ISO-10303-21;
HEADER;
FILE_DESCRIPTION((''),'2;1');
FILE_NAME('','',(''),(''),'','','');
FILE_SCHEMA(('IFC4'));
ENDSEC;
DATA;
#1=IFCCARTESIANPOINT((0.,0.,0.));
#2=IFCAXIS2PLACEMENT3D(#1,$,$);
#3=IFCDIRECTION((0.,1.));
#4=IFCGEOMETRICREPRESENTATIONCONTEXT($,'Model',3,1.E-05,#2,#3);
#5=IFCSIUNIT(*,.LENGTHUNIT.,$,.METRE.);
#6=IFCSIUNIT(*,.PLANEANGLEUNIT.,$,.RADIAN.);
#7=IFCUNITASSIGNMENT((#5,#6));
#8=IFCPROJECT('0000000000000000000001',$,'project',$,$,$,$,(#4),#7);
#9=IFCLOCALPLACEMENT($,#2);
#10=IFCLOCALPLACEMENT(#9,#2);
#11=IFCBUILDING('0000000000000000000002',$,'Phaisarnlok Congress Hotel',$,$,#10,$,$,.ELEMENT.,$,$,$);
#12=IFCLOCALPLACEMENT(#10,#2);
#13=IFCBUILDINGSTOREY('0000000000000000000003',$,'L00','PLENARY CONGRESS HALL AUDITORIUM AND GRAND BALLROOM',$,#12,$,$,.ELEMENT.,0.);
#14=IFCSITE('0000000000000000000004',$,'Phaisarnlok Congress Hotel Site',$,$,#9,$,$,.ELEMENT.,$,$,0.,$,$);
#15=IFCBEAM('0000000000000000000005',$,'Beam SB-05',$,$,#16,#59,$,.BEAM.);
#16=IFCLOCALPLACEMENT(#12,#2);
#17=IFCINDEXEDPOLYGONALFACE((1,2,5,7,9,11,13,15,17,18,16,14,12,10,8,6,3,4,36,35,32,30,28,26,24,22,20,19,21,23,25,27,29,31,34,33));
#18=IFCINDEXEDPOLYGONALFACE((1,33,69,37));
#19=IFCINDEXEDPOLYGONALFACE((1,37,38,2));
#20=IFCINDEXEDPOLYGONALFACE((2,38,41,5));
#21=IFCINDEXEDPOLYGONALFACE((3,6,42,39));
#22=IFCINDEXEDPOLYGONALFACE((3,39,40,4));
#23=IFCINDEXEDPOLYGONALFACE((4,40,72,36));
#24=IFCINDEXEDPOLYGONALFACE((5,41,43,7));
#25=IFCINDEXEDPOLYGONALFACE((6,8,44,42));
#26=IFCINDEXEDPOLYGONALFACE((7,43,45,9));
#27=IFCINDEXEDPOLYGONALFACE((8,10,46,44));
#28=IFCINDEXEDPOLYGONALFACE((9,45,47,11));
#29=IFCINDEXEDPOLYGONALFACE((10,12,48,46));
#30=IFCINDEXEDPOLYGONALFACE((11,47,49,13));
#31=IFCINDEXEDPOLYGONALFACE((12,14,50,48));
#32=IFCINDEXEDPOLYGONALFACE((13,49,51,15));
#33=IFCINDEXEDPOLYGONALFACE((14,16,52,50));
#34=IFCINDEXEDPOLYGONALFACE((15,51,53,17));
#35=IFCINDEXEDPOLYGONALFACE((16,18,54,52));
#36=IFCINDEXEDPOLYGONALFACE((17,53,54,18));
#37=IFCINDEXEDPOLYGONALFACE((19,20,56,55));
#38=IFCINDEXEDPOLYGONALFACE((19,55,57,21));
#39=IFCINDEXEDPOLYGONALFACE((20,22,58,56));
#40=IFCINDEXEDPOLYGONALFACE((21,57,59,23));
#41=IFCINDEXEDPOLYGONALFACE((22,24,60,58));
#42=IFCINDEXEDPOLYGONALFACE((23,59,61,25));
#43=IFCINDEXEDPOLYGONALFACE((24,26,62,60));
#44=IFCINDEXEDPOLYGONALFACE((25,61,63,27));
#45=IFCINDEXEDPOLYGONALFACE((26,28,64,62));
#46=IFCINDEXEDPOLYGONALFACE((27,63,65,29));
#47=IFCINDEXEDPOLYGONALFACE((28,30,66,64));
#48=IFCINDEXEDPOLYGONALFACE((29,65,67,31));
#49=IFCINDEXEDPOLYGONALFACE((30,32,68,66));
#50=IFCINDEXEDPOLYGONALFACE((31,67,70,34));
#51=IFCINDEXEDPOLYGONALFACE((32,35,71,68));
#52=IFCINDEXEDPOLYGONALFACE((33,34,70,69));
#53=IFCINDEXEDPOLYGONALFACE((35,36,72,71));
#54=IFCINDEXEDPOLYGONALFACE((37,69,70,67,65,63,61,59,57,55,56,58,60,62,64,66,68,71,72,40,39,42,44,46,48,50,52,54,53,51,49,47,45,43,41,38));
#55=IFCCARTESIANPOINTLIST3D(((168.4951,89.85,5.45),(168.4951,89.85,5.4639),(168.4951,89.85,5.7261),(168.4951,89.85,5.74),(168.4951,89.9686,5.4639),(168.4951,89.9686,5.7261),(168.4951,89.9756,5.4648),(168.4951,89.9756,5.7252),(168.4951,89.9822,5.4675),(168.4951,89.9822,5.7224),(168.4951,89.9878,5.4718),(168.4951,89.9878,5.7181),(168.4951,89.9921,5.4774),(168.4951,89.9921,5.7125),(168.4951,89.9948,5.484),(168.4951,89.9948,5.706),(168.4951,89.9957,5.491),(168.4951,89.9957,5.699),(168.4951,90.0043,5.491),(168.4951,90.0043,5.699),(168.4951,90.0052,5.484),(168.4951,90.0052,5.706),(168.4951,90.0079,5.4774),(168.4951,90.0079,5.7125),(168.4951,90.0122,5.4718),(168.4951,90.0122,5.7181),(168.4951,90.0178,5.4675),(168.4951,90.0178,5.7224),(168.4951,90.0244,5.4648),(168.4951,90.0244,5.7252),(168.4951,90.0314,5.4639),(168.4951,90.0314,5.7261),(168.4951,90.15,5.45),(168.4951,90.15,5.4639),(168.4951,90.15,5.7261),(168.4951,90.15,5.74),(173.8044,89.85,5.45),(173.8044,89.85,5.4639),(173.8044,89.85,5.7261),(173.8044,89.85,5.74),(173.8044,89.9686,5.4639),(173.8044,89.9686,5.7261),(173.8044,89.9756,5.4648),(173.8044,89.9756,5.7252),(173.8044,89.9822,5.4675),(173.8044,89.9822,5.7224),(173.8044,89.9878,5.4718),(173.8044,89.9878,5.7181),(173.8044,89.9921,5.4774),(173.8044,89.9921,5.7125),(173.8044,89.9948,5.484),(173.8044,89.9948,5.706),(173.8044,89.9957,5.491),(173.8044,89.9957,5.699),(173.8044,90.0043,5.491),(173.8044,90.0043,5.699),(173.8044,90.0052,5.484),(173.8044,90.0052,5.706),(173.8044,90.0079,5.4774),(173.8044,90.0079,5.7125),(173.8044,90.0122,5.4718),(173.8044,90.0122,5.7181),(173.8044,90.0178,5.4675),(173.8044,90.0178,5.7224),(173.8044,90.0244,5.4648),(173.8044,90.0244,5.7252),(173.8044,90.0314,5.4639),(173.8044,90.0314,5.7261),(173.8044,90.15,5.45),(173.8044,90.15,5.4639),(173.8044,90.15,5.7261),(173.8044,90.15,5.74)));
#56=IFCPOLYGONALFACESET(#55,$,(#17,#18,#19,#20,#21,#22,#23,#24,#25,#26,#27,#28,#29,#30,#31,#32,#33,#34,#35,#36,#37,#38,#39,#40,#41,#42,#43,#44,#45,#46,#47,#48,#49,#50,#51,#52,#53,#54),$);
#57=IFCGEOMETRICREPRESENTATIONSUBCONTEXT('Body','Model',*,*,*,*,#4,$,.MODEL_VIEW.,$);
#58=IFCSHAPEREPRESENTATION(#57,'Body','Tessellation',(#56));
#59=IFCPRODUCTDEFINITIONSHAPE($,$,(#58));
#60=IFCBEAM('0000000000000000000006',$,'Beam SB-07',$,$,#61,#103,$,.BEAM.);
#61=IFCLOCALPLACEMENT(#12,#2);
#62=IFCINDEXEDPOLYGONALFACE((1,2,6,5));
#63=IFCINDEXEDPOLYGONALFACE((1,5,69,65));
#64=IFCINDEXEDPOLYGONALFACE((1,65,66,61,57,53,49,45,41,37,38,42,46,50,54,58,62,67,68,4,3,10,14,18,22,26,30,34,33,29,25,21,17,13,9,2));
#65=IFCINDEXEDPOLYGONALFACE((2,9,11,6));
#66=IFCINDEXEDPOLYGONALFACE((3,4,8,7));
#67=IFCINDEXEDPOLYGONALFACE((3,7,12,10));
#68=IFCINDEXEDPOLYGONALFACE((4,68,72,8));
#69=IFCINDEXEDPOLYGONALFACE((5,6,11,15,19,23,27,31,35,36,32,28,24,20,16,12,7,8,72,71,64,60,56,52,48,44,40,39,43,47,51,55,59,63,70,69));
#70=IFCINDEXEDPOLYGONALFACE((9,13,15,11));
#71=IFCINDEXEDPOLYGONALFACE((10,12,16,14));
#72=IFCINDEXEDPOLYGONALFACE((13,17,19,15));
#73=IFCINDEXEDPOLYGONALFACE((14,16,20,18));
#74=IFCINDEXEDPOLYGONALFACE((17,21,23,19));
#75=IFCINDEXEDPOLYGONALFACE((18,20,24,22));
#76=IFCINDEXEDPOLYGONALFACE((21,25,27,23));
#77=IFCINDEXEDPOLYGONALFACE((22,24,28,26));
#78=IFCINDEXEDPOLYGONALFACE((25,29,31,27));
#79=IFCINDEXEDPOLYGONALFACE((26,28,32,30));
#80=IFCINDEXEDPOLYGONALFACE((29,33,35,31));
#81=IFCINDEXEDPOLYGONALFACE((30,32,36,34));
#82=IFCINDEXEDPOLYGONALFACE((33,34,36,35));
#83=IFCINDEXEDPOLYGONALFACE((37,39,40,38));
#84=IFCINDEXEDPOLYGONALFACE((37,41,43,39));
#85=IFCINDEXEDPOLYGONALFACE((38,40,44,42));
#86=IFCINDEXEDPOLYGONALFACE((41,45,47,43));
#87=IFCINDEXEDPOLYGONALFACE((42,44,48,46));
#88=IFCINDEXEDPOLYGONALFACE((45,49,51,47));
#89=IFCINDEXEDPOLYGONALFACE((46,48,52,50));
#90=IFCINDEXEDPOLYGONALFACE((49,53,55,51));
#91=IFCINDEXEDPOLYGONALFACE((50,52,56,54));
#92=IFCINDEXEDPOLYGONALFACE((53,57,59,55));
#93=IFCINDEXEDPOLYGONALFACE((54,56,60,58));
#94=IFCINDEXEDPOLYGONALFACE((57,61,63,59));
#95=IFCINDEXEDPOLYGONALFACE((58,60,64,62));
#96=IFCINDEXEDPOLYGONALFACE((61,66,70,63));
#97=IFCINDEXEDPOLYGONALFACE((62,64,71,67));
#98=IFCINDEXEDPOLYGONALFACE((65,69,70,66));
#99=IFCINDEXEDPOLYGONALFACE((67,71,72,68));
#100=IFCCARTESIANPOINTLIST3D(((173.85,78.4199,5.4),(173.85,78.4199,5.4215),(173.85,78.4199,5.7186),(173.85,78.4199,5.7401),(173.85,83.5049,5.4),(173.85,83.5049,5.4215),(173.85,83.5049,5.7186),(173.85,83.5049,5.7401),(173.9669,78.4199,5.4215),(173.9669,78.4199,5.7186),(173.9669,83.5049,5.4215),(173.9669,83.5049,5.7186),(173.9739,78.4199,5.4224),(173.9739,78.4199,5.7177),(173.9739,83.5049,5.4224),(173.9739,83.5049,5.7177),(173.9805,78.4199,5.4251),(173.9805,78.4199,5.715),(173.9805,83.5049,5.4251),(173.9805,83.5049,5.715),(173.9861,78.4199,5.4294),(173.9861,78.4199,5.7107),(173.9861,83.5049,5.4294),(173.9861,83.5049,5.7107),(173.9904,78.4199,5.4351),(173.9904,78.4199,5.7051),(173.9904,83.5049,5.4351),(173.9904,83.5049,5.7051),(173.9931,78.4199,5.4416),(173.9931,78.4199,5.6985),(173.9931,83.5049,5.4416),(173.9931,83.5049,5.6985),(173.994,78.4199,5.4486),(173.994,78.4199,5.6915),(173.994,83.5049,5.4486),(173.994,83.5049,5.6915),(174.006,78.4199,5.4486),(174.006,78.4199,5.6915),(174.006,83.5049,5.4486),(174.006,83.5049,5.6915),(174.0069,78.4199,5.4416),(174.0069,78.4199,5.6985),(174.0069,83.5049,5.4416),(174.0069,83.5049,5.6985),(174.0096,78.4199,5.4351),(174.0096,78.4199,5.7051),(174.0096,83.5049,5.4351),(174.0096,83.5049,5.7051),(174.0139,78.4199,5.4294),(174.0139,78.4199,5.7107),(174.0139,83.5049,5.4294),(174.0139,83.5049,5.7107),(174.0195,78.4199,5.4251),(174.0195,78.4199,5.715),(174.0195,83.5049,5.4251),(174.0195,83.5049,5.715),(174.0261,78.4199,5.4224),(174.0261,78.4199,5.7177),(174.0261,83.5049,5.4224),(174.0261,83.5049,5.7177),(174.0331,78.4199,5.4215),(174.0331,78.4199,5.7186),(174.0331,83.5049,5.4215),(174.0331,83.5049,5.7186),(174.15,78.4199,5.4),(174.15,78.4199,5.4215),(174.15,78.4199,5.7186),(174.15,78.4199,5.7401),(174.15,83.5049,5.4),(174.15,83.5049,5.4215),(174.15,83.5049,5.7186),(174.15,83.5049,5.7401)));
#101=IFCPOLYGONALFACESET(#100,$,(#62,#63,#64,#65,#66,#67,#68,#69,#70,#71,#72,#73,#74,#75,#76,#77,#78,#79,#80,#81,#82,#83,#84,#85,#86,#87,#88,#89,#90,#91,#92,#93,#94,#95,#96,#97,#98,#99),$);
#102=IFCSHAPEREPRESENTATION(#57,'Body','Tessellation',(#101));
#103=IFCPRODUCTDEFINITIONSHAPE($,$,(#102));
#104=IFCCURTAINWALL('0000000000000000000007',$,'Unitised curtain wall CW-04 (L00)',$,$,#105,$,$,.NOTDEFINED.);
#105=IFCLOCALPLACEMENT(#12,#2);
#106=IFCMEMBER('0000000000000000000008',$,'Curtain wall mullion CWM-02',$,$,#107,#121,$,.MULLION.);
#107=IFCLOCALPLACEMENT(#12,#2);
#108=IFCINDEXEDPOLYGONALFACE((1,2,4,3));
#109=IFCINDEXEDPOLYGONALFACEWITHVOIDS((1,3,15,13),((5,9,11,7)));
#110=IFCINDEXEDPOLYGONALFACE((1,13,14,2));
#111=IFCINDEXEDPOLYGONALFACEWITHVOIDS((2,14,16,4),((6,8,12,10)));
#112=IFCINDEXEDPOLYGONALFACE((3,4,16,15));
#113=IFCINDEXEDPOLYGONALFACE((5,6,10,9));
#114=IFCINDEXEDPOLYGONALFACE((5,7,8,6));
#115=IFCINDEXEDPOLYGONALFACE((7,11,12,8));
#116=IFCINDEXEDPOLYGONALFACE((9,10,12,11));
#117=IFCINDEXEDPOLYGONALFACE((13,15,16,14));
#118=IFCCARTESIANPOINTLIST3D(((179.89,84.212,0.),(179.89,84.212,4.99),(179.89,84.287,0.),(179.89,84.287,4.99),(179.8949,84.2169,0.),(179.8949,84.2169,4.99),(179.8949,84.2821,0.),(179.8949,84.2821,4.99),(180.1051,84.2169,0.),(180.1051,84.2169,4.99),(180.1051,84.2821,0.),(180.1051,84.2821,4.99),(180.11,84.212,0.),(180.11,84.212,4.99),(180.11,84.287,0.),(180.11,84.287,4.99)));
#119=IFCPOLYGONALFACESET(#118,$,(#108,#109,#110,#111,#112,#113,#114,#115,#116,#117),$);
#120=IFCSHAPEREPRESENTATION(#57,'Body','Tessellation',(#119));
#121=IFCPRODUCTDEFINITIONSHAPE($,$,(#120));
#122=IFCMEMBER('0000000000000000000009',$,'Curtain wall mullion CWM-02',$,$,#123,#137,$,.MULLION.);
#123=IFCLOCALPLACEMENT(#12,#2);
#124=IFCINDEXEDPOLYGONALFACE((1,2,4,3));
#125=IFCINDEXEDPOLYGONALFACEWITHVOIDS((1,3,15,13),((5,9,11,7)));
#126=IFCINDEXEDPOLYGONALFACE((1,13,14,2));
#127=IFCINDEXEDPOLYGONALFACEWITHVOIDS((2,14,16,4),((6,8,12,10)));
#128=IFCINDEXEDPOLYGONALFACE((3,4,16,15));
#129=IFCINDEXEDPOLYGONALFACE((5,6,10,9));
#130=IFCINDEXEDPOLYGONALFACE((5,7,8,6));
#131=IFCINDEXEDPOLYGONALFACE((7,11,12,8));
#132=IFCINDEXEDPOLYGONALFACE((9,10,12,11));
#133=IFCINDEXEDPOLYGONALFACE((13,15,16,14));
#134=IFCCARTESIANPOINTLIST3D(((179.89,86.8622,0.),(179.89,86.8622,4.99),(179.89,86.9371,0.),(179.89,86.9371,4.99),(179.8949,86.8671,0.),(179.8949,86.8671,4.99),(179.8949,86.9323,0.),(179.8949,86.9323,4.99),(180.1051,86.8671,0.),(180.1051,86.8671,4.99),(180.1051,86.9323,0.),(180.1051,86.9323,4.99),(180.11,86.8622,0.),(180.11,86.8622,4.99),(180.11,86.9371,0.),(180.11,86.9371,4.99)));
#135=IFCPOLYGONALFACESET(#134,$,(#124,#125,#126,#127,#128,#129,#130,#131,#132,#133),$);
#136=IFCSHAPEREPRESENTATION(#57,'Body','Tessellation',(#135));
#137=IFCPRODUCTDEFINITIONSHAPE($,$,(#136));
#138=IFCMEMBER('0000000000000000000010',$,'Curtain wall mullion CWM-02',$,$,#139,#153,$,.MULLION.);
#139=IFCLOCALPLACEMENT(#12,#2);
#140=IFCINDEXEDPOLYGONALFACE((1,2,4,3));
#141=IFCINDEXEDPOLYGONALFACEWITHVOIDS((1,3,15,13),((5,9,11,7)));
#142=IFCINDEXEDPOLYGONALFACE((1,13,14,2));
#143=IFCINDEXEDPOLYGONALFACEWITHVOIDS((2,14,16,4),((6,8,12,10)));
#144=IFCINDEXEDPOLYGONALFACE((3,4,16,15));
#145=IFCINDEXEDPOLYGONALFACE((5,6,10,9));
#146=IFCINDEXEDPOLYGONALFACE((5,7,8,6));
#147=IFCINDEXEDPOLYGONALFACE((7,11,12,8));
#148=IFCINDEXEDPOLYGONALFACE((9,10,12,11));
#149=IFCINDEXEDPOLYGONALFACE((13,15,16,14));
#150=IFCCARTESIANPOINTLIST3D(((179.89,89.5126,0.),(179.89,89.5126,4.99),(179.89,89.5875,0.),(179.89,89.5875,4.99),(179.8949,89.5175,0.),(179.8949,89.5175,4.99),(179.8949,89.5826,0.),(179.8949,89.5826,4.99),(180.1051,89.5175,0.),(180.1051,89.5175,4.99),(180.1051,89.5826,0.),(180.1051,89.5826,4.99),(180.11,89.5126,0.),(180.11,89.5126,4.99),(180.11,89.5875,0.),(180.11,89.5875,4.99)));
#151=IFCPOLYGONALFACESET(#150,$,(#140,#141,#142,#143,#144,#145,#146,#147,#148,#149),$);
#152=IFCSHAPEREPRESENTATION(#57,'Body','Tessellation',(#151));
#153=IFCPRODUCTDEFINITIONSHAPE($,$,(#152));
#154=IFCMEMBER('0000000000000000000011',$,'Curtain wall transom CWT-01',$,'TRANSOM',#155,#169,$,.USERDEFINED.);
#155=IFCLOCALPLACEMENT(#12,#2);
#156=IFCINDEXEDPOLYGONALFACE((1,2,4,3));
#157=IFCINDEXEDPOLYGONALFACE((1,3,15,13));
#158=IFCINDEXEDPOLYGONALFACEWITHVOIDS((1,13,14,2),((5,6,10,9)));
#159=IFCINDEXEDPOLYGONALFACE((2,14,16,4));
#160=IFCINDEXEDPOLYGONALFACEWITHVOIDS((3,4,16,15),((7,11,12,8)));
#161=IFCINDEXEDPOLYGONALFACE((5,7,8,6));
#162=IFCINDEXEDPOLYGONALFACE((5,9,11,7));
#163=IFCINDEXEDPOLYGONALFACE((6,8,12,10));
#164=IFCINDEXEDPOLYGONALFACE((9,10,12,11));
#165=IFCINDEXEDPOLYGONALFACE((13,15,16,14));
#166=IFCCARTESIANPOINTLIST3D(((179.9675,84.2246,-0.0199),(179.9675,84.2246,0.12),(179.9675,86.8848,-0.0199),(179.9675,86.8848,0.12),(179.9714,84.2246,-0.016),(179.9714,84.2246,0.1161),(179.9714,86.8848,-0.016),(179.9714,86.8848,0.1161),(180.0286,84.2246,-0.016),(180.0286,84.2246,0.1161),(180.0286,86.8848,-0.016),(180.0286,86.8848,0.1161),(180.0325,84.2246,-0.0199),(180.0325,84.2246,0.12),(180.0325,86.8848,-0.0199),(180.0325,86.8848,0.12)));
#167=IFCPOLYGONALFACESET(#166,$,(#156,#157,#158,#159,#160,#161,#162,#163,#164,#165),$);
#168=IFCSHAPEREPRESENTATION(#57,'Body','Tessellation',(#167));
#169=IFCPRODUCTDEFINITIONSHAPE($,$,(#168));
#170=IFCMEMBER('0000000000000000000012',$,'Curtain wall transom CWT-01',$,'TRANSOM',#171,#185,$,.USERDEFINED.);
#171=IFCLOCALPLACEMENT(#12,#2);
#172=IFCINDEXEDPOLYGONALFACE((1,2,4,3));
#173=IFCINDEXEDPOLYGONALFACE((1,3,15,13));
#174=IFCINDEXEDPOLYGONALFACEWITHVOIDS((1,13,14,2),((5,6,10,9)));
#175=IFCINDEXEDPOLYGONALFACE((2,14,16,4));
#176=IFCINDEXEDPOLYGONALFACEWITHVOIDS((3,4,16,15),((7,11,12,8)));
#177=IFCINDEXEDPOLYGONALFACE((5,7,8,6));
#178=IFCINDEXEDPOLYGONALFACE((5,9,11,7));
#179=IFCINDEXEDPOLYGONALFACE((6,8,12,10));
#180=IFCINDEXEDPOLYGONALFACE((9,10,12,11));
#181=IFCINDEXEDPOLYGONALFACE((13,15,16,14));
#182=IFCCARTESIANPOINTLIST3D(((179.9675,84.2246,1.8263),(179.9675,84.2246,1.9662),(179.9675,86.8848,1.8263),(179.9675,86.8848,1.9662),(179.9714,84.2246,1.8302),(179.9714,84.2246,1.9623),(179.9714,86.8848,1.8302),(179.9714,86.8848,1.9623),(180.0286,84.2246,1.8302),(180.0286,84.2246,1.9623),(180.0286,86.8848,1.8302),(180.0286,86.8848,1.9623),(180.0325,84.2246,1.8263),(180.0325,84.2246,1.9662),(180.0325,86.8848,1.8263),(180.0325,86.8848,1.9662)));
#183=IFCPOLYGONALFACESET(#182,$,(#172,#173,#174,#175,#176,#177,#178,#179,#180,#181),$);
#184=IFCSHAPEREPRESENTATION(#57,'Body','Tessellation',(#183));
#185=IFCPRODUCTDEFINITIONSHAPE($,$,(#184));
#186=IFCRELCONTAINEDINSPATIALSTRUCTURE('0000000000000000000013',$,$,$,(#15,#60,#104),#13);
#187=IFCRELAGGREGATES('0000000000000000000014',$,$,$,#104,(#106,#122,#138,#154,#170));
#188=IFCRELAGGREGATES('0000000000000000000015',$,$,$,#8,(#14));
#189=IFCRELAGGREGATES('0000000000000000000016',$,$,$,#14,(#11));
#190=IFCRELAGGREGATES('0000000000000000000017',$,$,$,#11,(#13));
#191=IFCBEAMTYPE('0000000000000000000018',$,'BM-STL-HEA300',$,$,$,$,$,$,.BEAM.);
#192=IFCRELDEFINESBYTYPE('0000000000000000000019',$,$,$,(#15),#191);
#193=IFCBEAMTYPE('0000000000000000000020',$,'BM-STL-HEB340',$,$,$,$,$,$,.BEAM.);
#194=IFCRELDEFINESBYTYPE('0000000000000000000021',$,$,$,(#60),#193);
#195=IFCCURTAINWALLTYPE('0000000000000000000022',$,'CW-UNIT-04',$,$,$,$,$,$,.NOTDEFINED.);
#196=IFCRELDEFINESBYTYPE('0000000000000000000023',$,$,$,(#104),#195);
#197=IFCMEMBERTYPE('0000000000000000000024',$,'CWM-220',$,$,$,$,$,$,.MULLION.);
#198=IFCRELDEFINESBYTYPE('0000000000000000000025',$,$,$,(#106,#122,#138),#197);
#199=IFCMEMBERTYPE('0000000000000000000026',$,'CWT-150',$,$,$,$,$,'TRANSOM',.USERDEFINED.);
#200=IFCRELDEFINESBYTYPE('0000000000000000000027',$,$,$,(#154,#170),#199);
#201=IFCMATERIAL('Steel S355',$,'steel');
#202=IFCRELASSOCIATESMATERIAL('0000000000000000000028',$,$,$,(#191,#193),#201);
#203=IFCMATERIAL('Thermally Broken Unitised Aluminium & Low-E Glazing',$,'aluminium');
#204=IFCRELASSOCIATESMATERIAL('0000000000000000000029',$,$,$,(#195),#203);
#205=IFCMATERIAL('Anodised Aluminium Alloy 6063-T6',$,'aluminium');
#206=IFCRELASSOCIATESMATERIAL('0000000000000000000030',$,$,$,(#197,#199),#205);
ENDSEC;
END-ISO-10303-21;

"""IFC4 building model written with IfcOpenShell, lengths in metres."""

from ifc_helpers import new_model, si_unit, direction, frame, origin, origin_2d, place, context, subcontext, project, spatial, hollow_rectangle, i_section, extrude, material, material_profile, profile_set, type_object, element, aggregate, save


model = new_model("IFC4")

# Units and contexts
model_context = context("Model", 3, precision=1e-05, world=origin(), true_north=direction((0.0, 1.0)))
body_context = subcontext(model_context, "Body", "Model", "MODEL_VIEW")
ifc_project = project(units=[si_unit("LENGTHUNIT", "METRE"), si_unit("PLANEANGLEUNIT", "RADIAN")], contexts=[model_context])

# Site, building, storey
site_placement = place(None, origin())
site = spatial("IfcSite", under=ifc_project, at=site_placement, Name="Phaisarnlok Congress Hotel Site", CompositionType="ELEMENT", RefElevation=0.0)
building_placement = place(site_placement, origin())
building = spatial("IfcBuilding", under=site, at=building_placement, Name="Phaisarnlok Congress Hotel", CompositionType="ELEMENT")
storey_placement = place(building_placement, origin())
storey = spatial("IfcBuildingStorey", under=building, at=storey_placement, Name="L00", Description="PLENARY CONGRESS HALL AUDITORIUM AND GRAND BALLROOM", CompositionType="ELEMENT", Elevation=0.0)

# Shared definitions
ifc_material_1 = material(Name="Steel S355", Category="steel")

# Beams
ifc_material_profile_1 = material_profile(ifc_material_1, i_section(OverallWidth=0.3, OverallDepth=0.29, WebThickness=0.0085, FlangeThickness=0.0139, FilletRadius=0.0271, at=origin_2d()), Name="HEA 300")
ifc_profile_set_1 = profile_set([ifc_material_profile_1], Name="Steel S355")
beam_type_1 = type_object("IfcBeamType", Name="BM-STL-HEA300", PredefinedType="BEAM", material=ifc_profile_set_1)
beam_1_placement = place(storey_placement, frame((168.4951, 90.0, 5.595), z_axis=(1.0, 0.0, 0.0), x_axis=(0.0, 1.0, 0.0)))
element("IfcBeam", 1, at=beam_1_placement, inside=storey, type_object=beam_type_1, Name="Beam SB-05", PredefinedType="BEAM", context=body_context, shape_type="SweptSolid", body=[
    extrude(i_section(OverallWidth=0.3, OverallDepth=0.29, WebThickness=0.0085, FlangeThickness=0.0139, FilletRadius=0.0271, at=origin_2d()), origin(), (0.0, 0.0, 1.0), 5.3093),
])
ifc_material_profile_2 = material_profile(ifc_material_1, i_section(OverallWidth=0.3, OverallDepth=0.3401, WebThickness=0.012, FlangeThickness=0.0215, FilletRadius=0.0271, at=origin_2d()), Name="HEB 340")
ifc_profile_set_2 = profile_set([ifc_material_profile_2], Name="Steel S355")
beam_type_2 = type_object("IfcBeamType", Name="BM-STL-HEB340", PredefinedType="BEAM", material=ifc_profile_set_2)
beam_2_placement = place(storey_placement, frame((174.0, 78.4199, 5.5701), z_axis=(0.0, 1.0, 0.0), x_axis=(-1.0, 0.0, 0.0)))
element("IfcBeam", 2, at=beam_2_placement, inside=storey, type_object=beam_type_2, Name="Beam SB-07", PredefinedType="BEAM", context=body_context, shape_type="SweptSolid", body=[
    extrude(i_section(OverallWidth=0.3, OverallDepth=0.3401, WebThickness=0.012, FlangeThickness=0.0215, FilletRadius=0.0271, at=origin_2d()), origin(), (0.0, 0.0, 1.0), 5.085),
])

# Curtain wall, members
ifc_material_2 = material(Name="Thermally Broken Unitised Aluminium & Low-E Glazing", Category="aluminium")
curtain_wall_type = type_object("IfcCurtainWallType", Name="CW-UNIT-04", PredefinedType="NOTDEFINED", material=ifc_material_2)
curtain_wall_placement = place(storey_placement, origin())
curtain_wall = element("IfcCurtainWall", 3, at=curtain_wall_placement, inside=storey, type_object=curtain_wall_type, Name="Unitised curtain wall CW-04 (L00)", PredefinedType="NOTDEFINED")
ifc_material_3 = material(Name="Anodised Aluminium Alloy 6063-T6", Category="aluminium")
ifc_material_profile_3 = material_profile(ifc_material_3, hollow_rectangle(XDim=0.075, YDim=0.22, WallThickness=0.0049, at=origin_2d()), Name="ALU-M 75x220x5")
ifc_profile_set_3 = profile_set([ifc_material_profile_3], Name="Anodised Aluminium Alloy 6063-T6")
member_type_1 = type_object("IfcMemberType", Name="CWM-220", PredefinedType="MULLION", material=ifc_profile_set_3)
member_1_placement = place(storey_placement, frame((180.0, 84.2495, 0.0), z_axis=(0.0, 0.0, 1.0), x_axis=(0.0, 1.0, 0.0)))
member_1 = element("IfcMember", 4, at=member_1_placement, type_object=member_type_1, Name="Curtain wall mullion CWM-02", PredefinedType="MULLION", context=body_context, shape_type="SweptSolid", body=[
    extrude(hollow_rectangle(XDim=0.075, YDim=0.22, WallThickness=0.0049, at=origin_2d()), origin(), (0.0, 0.0, 1.0), 4.99),
])
member_2_placement = place(storey_placement, frame((180.0, 86.8997, 0.0), z_axis=(0.0, 0.0, 1.0), x_axis=(0.0, 1.0, 0.0)))
member_2 = element("IfcMember", 5, at=member_2_placement, type_object=member_type_1, Name="Curtain wall mullion CWM-02", PredefinedType="MULLION", context=body_context, shape_type="SweptSolid", body=[
    extrude(hollow_rectangle(XDim=0.075, YDim=0.22, WallThickness=0.0049, at=origin_2d()), origin(), (0.0, 0.0, 1.0), 4.99),
])
member_3_placement = place(storey_placement, frame((180.0, 89.55, 0.0), z_axis=(0.0, 0.0, 1.0), x_axis=(0.0, 1.0, 0.0)))
member_3 = element("IfcMember", 6, at=member_3_placement, type_object=member_type_1, Name="Curtain wall mullion CWM-02", PredefinedType="MULLION", context=body_context, shape_type="SweptSolid", body=[
    extrude(hollow_rectangle(XDim=0.075, YDim=0.22, WallThickness=0.0049, at=origin_2d()), origin(), (0.0, 0.0, 1.0), 4.99),
])
ifc_material_profile_4 = material_profile(ifc_material_3, hollow_rectangle(XDim=0.0649, YDim=0.1399, WallThickness=0.0039, at=origin_2d()), Name="ALU-T 65x140x4")
ifc_profile_set_4 = profile_set([ifc_material_profile_4], Name="Anodised Aluminium Alloy 6063-T6")
member_type_2 = type_object("IfcMemberType", Name="CWT-150", ElementType="TRANSOM", PredefinedType="USERDEFINED", material=ifc_profile_set_4)
member_4_placement = place(storey_placement, frame((180.0, 84.2246, 0.05), z_axis=(0.0, 1.0, 0.0), x_axis=(-1.0, 0.0, 0.0)))
member_4 = element("IfcMember", 7, at=member_4_placement, type_object=member_type_2, Name="Curtain wall transom CWT-01", ObjectType="TRANSOM", PredefinedType="USERDEFINED", context=body_context, shape_type="SweptSolid", body=[
    extrude(hollow_rectangle(XDim=0.0649, YDim=0.1399, WallThickness=0.0039, at=origin_2d()), origin(), (0.0, 0.0, 1.0), 2.6602),
])
member_5_placement = place(storey_placement, frame((180.0, 84.2246, 1.8962), z_axis=(0.0, 1.0, 0.0), x_axis=(-1.0, 0.0, 0.0)))
member_5 = element("IfcMember", 8, at=member_5_placement, type_object=member_type_2, Name="Curtain wall transom CWT-01", ObjectType="TRANSOM", PredefinedType="USERDEFINED", context=body_context, shape_type="SweptSolid", body=[
    extrude(hollow_rectangle(XDim=0.0649, YDim=0.1399, WallThickness=0.0039, at=origin_2d()), origin(), (0.0, 0.0, 1.0), 2.6602),
])

aggregate(curtain_wall, [member_1, member_2, member_3, member_4, member_5])

save(model, "model.ifc")
